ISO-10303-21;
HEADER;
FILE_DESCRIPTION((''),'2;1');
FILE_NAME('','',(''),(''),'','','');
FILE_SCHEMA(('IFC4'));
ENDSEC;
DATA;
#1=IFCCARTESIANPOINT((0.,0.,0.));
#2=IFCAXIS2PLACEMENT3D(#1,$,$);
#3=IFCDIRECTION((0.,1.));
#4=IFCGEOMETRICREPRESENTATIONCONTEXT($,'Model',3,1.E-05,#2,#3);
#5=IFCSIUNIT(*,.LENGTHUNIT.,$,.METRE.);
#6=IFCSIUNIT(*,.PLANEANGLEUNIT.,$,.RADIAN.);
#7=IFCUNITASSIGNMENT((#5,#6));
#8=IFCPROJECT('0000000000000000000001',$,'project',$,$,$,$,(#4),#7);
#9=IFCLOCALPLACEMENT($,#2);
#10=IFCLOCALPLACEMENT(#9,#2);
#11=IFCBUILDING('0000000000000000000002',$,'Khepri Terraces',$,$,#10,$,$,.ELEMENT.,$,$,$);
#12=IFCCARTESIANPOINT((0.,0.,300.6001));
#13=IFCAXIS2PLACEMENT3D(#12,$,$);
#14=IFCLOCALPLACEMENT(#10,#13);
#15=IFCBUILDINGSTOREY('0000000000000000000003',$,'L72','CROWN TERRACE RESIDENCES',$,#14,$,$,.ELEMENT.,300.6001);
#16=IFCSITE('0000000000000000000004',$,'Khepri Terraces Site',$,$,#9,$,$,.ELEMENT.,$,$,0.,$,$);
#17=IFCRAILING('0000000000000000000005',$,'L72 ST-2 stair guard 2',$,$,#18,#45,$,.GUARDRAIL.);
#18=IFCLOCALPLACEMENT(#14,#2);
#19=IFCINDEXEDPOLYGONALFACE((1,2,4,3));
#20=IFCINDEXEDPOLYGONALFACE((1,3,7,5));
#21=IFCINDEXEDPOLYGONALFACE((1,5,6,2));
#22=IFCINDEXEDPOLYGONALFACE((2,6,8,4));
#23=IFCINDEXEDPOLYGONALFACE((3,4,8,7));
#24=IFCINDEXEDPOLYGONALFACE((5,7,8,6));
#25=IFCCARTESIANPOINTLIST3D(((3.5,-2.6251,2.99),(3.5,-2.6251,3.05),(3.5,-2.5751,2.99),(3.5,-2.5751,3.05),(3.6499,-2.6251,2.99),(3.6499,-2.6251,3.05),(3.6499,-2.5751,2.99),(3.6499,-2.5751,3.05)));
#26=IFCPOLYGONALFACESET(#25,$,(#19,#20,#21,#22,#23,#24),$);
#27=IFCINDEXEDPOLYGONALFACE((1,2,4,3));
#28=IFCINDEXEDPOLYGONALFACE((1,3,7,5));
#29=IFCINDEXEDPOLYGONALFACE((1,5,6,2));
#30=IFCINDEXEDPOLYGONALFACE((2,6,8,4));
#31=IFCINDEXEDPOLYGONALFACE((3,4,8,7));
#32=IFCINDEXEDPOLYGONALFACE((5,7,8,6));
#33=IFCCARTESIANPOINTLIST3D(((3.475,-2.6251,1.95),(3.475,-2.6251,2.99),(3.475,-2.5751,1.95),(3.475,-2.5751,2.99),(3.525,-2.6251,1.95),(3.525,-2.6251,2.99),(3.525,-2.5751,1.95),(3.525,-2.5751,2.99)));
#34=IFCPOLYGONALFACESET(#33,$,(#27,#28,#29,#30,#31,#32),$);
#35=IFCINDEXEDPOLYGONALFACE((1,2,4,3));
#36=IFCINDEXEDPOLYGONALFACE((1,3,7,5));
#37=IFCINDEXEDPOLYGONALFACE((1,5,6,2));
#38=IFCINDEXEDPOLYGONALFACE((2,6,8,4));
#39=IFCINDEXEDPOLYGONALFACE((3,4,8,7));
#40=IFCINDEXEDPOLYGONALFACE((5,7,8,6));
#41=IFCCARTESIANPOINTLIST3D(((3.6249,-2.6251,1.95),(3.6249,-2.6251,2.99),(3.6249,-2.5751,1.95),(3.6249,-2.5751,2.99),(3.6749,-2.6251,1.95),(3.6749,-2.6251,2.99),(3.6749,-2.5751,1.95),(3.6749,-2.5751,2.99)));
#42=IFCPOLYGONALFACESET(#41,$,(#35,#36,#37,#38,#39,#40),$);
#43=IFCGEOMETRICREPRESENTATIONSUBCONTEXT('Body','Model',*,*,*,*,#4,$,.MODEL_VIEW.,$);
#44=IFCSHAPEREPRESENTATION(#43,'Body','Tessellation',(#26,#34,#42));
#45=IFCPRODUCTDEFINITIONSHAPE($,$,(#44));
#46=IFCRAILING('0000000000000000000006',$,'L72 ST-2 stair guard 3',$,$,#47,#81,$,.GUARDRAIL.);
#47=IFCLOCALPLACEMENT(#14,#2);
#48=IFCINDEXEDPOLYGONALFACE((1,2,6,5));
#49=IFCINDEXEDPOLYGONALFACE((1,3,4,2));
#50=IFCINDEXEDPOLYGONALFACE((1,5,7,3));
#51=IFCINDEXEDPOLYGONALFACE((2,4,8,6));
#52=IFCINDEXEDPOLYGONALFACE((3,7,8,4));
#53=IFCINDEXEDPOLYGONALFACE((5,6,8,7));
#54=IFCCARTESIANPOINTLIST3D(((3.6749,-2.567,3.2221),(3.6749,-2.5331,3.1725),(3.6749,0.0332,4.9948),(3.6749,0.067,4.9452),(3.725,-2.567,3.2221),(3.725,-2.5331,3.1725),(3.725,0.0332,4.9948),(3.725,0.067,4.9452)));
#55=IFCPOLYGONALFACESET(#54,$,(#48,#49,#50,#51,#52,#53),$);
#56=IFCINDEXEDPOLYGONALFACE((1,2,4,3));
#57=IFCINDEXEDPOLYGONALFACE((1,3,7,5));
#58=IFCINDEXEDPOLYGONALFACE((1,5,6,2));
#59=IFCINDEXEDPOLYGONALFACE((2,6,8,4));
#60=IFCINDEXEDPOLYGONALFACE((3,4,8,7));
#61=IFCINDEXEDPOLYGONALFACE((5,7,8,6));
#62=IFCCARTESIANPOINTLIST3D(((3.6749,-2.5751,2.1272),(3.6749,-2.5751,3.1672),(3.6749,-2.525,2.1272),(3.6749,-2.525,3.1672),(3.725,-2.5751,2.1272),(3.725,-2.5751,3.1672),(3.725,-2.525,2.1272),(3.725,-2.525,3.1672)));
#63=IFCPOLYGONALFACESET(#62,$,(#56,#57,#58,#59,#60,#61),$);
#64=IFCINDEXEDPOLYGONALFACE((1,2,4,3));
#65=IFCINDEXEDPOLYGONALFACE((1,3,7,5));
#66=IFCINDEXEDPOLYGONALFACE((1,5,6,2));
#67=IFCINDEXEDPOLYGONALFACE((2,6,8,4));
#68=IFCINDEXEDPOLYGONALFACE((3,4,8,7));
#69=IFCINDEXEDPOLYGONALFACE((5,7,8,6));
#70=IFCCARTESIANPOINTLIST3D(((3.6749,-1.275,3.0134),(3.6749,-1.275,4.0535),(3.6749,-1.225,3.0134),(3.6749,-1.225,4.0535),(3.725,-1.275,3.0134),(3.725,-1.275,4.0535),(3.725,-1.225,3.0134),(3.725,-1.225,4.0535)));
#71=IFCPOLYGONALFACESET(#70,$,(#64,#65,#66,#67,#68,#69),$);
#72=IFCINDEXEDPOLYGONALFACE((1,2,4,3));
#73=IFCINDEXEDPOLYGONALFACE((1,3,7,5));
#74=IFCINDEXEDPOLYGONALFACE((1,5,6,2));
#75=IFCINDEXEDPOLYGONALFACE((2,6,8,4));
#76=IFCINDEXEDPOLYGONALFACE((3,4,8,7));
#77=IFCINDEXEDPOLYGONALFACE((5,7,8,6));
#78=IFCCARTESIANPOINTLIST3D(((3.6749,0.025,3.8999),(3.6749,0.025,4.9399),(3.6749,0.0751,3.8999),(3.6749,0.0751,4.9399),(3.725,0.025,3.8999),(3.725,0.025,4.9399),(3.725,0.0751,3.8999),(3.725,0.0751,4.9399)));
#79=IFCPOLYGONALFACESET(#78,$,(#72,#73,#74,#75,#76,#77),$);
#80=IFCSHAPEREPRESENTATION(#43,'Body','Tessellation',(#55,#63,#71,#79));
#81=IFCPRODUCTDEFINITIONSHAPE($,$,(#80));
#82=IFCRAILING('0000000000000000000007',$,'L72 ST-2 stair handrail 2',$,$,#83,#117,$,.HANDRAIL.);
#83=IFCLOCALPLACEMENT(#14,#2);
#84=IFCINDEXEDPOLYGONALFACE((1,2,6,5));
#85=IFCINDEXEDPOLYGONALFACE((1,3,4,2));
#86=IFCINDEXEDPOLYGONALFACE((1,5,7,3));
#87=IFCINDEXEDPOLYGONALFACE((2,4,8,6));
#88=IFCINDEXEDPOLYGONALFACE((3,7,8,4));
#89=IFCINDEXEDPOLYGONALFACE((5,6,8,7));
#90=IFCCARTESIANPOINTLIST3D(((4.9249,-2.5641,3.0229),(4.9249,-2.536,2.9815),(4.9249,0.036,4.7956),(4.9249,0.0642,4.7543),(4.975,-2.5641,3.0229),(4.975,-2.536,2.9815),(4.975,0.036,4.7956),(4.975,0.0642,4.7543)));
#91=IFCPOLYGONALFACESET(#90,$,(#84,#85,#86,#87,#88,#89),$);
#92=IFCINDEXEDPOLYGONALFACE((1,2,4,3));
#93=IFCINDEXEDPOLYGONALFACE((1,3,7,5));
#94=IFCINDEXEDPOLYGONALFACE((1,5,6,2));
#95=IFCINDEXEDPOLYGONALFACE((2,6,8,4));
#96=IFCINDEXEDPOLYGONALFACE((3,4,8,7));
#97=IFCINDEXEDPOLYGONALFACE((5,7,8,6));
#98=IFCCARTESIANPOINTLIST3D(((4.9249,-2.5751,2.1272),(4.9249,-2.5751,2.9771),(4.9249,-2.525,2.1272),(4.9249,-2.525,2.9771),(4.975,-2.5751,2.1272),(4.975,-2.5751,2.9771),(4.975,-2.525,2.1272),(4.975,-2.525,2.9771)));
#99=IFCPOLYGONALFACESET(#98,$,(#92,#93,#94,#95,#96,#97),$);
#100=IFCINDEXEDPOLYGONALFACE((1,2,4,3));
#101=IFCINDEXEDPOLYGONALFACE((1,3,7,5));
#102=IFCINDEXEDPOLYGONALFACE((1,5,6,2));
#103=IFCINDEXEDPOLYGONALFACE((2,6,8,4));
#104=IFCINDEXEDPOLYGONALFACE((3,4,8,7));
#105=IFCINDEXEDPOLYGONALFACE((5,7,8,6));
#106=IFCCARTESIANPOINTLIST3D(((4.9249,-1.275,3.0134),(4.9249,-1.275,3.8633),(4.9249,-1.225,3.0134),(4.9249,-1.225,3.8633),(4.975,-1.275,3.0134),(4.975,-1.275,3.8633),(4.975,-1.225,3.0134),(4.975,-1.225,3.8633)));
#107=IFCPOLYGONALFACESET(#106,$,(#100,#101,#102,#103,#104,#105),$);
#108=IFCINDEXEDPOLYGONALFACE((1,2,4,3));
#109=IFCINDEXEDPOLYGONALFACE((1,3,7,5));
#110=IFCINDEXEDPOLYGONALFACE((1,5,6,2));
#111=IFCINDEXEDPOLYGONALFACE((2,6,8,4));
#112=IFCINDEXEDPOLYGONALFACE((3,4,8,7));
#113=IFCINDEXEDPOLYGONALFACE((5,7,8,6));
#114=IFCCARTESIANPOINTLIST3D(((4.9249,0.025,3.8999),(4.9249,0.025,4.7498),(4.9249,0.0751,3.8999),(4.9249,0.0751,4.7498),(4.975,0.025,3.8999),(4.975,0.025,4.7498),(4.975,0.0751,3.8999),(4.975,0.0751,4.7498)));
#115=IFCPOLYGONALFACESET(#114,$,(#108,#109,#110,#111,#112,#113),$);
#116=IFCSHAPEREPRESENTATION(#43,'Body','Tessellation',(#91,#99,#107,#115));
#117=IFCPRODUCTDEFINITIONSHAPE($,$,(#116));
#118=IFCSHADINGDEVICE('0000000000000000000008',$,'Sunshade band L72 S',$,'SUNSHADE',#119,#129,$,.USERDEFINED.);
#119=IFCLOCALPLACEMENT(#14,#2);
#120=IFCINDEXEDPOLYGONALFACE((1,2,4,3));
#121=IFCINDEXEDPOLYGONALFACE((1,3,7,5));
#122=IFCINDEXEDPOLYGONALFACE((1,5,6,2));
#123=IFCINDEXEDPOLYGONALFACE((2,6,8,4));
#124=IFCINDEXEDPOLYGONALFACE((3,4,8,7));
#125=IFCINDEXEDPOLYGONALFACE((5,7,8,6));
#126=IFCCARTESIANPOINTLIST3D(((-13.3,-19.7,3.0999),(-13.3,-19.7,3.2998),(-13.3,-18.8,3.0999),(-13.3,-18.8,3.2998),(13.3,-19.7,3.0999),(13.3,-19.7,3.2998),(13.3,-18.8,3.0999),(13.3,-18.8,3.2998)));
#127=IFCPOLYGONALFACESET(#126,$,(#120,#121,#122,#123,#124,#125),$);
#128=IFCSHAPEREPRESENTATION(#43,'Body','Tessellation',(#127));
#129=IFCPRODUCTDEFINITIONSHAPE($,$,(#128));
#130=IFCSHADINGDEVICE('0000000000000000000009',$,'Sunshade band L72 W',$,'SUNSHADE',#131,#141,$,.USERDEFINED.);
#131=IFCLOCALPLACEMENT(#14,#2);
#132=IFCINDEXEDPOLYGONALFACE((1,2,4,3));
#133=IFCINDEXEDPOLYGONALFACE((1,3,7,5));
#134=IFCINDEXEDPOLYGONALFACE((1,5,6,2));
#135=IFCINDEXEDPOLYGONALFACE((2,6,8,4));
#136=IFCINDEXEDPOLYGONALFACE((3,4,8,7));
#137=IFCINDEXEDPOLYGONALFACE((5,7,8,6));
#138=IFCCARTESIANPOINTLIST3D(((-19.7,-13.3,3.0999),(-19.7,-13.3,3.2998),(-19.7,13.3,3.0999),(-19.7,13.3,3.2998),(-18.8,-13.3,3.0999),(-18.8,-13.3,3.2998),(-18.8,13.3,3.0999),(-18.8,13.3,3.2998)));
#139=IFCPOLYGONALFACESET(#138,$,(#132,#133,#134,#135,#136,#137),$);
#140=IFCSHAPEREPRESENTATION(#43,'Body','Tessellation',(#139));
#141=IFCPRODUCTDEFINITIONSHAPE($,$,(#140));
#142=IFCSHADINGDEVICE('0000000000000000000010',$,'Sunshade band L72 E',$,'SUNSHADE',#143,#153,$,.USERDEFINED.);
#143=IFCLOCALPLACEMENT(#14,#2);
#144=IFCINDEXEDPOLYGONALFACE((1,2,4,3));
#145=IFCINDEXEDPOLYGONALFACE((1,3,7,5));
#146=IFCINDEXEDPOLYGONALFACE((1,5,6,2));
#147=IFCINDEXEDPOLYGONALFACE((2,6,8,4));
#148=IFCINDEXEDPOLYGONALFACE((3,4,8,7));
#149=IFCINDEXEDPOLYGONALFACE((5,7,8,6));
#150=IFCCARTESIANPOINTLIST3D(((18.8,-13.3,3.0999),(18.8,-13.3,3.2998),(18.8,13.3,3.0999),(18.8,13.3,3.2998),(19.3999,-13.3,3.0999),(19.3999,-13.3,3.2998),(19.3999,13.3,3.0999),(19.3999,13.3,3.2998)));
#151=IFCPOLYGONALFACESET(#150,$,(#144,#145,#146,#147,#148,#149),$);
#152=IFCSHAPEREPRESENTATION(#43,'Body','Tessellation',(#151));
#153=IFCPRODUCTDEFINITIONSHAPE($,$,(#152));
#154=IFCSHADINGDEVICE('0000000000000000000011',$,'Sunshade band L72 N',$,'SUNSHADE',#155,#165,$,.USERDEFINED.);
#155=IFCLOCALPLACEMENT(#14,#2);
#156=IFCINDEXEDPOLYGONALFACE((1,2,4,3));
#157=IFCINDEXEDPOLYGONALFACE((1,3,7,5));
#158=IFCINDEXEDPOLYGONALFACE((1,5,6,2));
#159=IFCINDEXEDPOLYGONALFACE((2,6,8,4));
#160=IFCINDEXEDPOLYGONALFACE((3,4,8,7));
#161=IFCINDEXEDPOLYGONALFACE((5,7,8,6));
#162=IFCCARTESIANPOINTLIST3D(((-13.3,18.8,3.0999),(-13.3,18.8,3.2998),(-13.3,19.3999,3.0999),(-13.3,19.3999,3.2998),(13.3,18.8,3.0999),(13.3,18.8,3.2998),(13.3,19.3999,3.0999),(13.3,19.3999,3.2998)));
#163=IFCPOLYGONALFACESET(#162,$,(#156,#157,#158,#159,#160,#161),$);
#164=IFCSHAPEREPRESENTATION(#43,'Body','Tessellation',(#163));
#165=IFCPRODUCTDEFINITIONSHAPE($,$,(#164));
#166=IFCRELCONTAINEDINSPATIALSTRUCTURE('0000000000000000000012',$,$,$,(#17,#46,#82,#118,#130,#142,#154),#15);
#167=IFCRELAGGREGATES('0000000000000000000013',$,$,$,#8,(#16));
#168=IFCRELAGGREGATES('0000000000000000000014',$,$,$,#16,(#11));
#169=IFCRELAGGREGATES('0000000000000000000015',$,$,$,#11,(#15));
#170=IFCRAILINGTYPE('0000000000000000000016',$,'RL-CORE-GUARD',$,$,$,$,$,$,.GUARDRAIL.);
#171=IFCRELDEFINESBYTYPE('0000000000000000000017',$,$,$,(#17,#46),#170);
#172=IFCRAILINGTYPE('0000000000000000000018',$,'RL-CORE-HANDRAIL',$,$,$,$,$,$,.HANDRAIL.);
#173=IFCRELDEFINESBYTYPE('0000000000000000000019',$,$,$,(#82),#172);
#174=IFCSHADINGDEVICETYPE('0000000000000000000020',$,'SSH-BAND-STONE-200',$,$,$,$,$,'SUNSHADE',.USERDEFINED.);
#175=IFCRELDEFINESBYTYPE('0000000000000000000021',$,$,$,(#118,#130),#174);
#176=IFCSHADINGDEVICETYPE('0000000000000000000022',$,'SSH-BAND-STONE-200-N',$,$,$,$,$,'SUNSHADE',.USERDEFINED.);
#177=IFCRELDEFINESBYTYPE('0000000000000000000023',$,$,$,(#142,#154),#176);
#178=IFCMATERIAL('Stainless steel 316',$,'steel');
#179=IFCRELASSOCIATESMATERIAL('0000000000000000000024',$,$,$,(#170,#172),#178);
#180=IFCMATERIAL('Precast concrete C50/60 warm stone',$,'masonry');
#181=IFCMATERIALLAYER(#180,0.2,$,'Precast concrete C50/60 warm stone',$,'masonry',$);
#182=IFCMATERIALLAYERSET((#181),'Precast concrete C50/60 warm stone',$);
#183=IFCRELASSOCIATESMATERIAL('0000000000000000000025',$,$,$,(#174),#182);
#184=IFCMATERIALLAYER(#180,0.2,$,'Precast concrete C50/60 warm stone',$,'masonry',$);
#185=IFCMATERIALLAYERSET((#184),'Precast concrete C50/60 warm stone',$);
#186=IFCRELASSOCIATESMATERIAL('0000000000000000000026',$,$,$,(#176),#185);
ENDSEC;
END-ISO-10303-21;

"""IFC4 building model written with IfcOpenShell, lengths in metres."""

from ifc_helpers import new_model, si_unit, direction, frame, origin, origin_2d, place, context, subcontext, project, spatial, polyline, rectangle, outline, extrude, material, layer, layer_set, type_object, element, save


model = new_model("IFC4")

# Units and contexts
model_context = context("Model", 3, precision=1e-05, world=origin(), true_north=direction((0.0, 1.0)))
body_context = subcontext(model_context, "Body", "Model", "MODEL_VIEW")
ifc_project = project(units=[si_unit("LENGTHUNIT", "METRE"), si_unit("PLANEANGLEUNIT", "RADIAN")], contexts=[model_context])

# Site, building, storey
site_placement = place(None, origin())
site = spatial("IfcSite", under=ifc_project, at=site_placement, Name="Khepri Terraces Site", CompositionType="ELEMENT", RefElevation=0.0)
building_placement = place(site_placement, origin())
building = spatial("IfcBuilding", under=site, at=building_placement, Name="Khepri Terraces", CompositionType="ELEMENT")
storey_placement = place(building_placement, frame((0.0, 0.0, 300.6001)))
storey = spatial("IfcBuildingStorey", under=building, at=storey_placement, Name="L72", Description="CROWN TERRACE RESIDENCES", CompositionType="ELEMENT", Elevation=300.6001)

# Railings
ifc_material_1 = material(Name="Stainless steel 316", Category="steel")
railing_type_1 = type_object("IfcRailingType", Name="RL-CORE-GUARD", PredefinedType="GUARDRAIL", material=ifc_material_1)
railing_1_placement = place(storey_placement, frame((3.5, -2.6001, 1.95)))
element("IfcRailing", 1, at=railing_1_placement, inside=storey, type_object=railing_type_1, Name="L72 ST-2 stair guard 2", PredefinedType="GUARDRAIL", context=body_context, shape_type="SweptSolid", body=[
    extrude(rectangle(XDim=0.05, YDim=0.0601, at=origin_2d()), frame((0.0, 0.0, 1.0701), z_axis=(1.0, 0.0, 0.0), x_axis=(0.0, 1.0, 0.0)), (0.0, 0.0, 1.0), 0.1499),
    extrude(rectangle(XDim=0.05, YDim=0.05, at=origin_2d()), origin(), (0.0, 0.0, 1.0), 1.04),
    extrude(rectangle(XDim=0.05, YDim=0.05, at=origin_2d()), frame((0.1499, 0.0, 0.0)), (0.0, 0.0, 1.0), 1.04),
])
railing_2_placement = place(storey_placement, frame((3.7, -2.55, 2.1272)))
element("IfcRailing", 2, at=railing_2_placement, inside=storey, type_object=railing_type_1, Name="L72 ST-2 stair guard 3", PredefinedType="GUARDRAIL", context=body_context, shape_type="SweptSolid", body=[
    extrude(rectangle(XDim=0.05, YDim=0.0601, at=origin_2d()), frame((0.0, 0.0, 1.0701), z_axis=(0.0, 0.82624, 0.563318), x_axis=(-1.0, 0.0, 0.0)), (0.0, 0.0, 1.0), 3.147),
    extrude(rectangle(XDim=0.05, YDim=0.05, at=origin_2d()), origin(), (0.0, 0.0, 1.0), 1.04),
    extrude(rectangle(XDim=0.05, YDim=0.05, at=origin_2d()), frame((0.0, 1.3, 0.8862)), (0.0, 0.0, 1.0), 1.04),
    extrude(rectangle(XDim=0.05, YDim=0.05, at=origin_2d()), frame((0.0, 2.6001, 1.7727)), (0.0, 0.0, 1.0), 1.04),
])
railing_type_2 = type_object("IfcRailingType", Name="RL-CORE-HANDRAIL", PredefinedType="HANDRAIL", material=ifc_material_1)
railing_3_placement = place(storey_placement, frame((4.95, -2.55, 2.1272)))
element("IfcRailing", 3, at=railing_3_placement, inside=storey, type_object=railing_type_2, Name="L72 ST-2 stair handrail 2", PredefinedType="HANDRAIL", context=body_context, shape_type="SweptSolid", body=[
    extrude(rectangle(XDim=0.05, YDim=0.05, at=origin_2d()), frame((0.0, 0.0, 0.875), z_axis=(0.0, 0.82624, 0.563318), x_axis=(-1.0, 0.0, 0.0)), (0.0, 0.0, 1.0), 3.147),
    extrude(rectangle(XDim=0.05, YDim=0.05, at=origin_2d()), origin(), (0.0, 0.0, 1.0), 0.8499),
    extrude(rectangle(XDim=0.05, YDim=0.05, at=origin_2d()), frame((0.0, 1.3, 0.8862)), (0.0, 0.0, 1.0), 0.8499),
    extrude(rectangle(XDim=0.05, YDim=0.05, at=origin_2d()), frame((0.0, 2.6001, 1.7727)), (0.0, 0.0, 1.0), 0.8499),
])

# Shading devices
ifc_material_2 = material(Name="Precast concrete C50/60 warm stone", Category="masonry")
ifc_layer_1 = layer(ifc_material_2, 0.2, Name="Precast concrete C50/60 warm stone", Category="masonry")
ifc_layer_set_1 = layer_set([ifc_layer_1], Name="Precast concrete C50/60 warm stone")
shading_device_type_1 = type_object("IfcShadingDeviceType", Name="SSH-BAND-STONE-200", ElementType="SUNSHADE", PredefinedType="USERDEFINED", material=ifc_layer_set_1)
shading_device_1_placement = place(storey_placement, frame((0.0, 0.0, 3.0999)))
element("IfcShadingDevice", 4, at=shading_device_1_placement, inside=storey, type_object=shading_device_type_1, Name="Sunshade band L72 S", ObjectType="SUNSHADE", PredefinedType="USERDEFINED", context=body_context, shape_type="SweptSolid", body=[
    extrude(outline(polyline([(13.3, -18.8), (-13.3, -18.8), (-13.3, -19.7), (13.3, -19.7), (13.3, -18.8)])), origin(), (0.0, 0.0, 1.0), 0.2),
])
shading_device_2_placement = place(storey_placement, frame((0.0, 0.0, 3.0999)))
element("IfcShadingDevice", 5, at=shading_device_2_placement, inside=storey, type_object=shading_device_type_1, Name="Sunshade band L72 W", ObjectType="SUNSHADE", PredefinedType="USERDEFINED", context=body_context, shape_type="SweptSolid", body=[
    extrude(outline(polyline([(-18.8, -13.3), (-18.8, 13.3), (-19.7, 13.3), (-19.7, -13.3), (-18.8, -13.3)])), origin(), (0.0, 0.0, 1.0), 0.2),
])
ifc_layer_2 = layer(ifc_material_2, 0.2, Name="Precast concrete C50/60 warm stone", Category="masonry")
ifc_layer_set_2 = layer_set([ifc_layer_2], Name="Precast concrete C50/60 warm stone")
shading_device_type_2 = type_object("IfcShadingDeviceType", Name="SSH-BAND-STONE-200-N", ElementType="SUNSHADE", PredefinedType="USERDEFINED", material=ifc_layer_set_2)
shading_device_3_placement = place(storey_placement, frame((0.0, 0.0, 3.0999)))
element("IfcShadingDevice", 6, at=shading_device_3_placement, inside=storey, type_object=shading_device_type_2, Name="Sunshade band L72 E", ObjectType="SUNSHADE", PredefinedType="USERDEFINED", context=body_context, shape_type="SweptSolid", body=[
    extrude(outline(polyline([(18.8, 13.3), (18.8, -13.3), (19.3999, -13.3), (19.3999, 13.3), (18.8, 13.3)])), origin(), (0.0, 0.0, 1.0), 0.2),
])
shading_device_4_placement = place(storey_placement, frame((0.0, 0.0, 3.0999)))
element("IfcShadingDevice", 7, at=shading_device_4_placement, inside=storey, type_object=shading_device_type_2, Name="Sunshade band L72 N", ObjectType="SUNSHADE", PredefinedType="USERDEFINED", context=body_context, shape_type="SweptSolid", body=[
    extrude(outline(polyline([(-13.3, 18.8), (13.3, 18.8), (13.3, 19.3999), (-13.3, 19.3999), (-13.3, 18.8)])), origin(), (0.0, 0.0, 1.0), 0.2),
])

save(model, "model.ifc")
